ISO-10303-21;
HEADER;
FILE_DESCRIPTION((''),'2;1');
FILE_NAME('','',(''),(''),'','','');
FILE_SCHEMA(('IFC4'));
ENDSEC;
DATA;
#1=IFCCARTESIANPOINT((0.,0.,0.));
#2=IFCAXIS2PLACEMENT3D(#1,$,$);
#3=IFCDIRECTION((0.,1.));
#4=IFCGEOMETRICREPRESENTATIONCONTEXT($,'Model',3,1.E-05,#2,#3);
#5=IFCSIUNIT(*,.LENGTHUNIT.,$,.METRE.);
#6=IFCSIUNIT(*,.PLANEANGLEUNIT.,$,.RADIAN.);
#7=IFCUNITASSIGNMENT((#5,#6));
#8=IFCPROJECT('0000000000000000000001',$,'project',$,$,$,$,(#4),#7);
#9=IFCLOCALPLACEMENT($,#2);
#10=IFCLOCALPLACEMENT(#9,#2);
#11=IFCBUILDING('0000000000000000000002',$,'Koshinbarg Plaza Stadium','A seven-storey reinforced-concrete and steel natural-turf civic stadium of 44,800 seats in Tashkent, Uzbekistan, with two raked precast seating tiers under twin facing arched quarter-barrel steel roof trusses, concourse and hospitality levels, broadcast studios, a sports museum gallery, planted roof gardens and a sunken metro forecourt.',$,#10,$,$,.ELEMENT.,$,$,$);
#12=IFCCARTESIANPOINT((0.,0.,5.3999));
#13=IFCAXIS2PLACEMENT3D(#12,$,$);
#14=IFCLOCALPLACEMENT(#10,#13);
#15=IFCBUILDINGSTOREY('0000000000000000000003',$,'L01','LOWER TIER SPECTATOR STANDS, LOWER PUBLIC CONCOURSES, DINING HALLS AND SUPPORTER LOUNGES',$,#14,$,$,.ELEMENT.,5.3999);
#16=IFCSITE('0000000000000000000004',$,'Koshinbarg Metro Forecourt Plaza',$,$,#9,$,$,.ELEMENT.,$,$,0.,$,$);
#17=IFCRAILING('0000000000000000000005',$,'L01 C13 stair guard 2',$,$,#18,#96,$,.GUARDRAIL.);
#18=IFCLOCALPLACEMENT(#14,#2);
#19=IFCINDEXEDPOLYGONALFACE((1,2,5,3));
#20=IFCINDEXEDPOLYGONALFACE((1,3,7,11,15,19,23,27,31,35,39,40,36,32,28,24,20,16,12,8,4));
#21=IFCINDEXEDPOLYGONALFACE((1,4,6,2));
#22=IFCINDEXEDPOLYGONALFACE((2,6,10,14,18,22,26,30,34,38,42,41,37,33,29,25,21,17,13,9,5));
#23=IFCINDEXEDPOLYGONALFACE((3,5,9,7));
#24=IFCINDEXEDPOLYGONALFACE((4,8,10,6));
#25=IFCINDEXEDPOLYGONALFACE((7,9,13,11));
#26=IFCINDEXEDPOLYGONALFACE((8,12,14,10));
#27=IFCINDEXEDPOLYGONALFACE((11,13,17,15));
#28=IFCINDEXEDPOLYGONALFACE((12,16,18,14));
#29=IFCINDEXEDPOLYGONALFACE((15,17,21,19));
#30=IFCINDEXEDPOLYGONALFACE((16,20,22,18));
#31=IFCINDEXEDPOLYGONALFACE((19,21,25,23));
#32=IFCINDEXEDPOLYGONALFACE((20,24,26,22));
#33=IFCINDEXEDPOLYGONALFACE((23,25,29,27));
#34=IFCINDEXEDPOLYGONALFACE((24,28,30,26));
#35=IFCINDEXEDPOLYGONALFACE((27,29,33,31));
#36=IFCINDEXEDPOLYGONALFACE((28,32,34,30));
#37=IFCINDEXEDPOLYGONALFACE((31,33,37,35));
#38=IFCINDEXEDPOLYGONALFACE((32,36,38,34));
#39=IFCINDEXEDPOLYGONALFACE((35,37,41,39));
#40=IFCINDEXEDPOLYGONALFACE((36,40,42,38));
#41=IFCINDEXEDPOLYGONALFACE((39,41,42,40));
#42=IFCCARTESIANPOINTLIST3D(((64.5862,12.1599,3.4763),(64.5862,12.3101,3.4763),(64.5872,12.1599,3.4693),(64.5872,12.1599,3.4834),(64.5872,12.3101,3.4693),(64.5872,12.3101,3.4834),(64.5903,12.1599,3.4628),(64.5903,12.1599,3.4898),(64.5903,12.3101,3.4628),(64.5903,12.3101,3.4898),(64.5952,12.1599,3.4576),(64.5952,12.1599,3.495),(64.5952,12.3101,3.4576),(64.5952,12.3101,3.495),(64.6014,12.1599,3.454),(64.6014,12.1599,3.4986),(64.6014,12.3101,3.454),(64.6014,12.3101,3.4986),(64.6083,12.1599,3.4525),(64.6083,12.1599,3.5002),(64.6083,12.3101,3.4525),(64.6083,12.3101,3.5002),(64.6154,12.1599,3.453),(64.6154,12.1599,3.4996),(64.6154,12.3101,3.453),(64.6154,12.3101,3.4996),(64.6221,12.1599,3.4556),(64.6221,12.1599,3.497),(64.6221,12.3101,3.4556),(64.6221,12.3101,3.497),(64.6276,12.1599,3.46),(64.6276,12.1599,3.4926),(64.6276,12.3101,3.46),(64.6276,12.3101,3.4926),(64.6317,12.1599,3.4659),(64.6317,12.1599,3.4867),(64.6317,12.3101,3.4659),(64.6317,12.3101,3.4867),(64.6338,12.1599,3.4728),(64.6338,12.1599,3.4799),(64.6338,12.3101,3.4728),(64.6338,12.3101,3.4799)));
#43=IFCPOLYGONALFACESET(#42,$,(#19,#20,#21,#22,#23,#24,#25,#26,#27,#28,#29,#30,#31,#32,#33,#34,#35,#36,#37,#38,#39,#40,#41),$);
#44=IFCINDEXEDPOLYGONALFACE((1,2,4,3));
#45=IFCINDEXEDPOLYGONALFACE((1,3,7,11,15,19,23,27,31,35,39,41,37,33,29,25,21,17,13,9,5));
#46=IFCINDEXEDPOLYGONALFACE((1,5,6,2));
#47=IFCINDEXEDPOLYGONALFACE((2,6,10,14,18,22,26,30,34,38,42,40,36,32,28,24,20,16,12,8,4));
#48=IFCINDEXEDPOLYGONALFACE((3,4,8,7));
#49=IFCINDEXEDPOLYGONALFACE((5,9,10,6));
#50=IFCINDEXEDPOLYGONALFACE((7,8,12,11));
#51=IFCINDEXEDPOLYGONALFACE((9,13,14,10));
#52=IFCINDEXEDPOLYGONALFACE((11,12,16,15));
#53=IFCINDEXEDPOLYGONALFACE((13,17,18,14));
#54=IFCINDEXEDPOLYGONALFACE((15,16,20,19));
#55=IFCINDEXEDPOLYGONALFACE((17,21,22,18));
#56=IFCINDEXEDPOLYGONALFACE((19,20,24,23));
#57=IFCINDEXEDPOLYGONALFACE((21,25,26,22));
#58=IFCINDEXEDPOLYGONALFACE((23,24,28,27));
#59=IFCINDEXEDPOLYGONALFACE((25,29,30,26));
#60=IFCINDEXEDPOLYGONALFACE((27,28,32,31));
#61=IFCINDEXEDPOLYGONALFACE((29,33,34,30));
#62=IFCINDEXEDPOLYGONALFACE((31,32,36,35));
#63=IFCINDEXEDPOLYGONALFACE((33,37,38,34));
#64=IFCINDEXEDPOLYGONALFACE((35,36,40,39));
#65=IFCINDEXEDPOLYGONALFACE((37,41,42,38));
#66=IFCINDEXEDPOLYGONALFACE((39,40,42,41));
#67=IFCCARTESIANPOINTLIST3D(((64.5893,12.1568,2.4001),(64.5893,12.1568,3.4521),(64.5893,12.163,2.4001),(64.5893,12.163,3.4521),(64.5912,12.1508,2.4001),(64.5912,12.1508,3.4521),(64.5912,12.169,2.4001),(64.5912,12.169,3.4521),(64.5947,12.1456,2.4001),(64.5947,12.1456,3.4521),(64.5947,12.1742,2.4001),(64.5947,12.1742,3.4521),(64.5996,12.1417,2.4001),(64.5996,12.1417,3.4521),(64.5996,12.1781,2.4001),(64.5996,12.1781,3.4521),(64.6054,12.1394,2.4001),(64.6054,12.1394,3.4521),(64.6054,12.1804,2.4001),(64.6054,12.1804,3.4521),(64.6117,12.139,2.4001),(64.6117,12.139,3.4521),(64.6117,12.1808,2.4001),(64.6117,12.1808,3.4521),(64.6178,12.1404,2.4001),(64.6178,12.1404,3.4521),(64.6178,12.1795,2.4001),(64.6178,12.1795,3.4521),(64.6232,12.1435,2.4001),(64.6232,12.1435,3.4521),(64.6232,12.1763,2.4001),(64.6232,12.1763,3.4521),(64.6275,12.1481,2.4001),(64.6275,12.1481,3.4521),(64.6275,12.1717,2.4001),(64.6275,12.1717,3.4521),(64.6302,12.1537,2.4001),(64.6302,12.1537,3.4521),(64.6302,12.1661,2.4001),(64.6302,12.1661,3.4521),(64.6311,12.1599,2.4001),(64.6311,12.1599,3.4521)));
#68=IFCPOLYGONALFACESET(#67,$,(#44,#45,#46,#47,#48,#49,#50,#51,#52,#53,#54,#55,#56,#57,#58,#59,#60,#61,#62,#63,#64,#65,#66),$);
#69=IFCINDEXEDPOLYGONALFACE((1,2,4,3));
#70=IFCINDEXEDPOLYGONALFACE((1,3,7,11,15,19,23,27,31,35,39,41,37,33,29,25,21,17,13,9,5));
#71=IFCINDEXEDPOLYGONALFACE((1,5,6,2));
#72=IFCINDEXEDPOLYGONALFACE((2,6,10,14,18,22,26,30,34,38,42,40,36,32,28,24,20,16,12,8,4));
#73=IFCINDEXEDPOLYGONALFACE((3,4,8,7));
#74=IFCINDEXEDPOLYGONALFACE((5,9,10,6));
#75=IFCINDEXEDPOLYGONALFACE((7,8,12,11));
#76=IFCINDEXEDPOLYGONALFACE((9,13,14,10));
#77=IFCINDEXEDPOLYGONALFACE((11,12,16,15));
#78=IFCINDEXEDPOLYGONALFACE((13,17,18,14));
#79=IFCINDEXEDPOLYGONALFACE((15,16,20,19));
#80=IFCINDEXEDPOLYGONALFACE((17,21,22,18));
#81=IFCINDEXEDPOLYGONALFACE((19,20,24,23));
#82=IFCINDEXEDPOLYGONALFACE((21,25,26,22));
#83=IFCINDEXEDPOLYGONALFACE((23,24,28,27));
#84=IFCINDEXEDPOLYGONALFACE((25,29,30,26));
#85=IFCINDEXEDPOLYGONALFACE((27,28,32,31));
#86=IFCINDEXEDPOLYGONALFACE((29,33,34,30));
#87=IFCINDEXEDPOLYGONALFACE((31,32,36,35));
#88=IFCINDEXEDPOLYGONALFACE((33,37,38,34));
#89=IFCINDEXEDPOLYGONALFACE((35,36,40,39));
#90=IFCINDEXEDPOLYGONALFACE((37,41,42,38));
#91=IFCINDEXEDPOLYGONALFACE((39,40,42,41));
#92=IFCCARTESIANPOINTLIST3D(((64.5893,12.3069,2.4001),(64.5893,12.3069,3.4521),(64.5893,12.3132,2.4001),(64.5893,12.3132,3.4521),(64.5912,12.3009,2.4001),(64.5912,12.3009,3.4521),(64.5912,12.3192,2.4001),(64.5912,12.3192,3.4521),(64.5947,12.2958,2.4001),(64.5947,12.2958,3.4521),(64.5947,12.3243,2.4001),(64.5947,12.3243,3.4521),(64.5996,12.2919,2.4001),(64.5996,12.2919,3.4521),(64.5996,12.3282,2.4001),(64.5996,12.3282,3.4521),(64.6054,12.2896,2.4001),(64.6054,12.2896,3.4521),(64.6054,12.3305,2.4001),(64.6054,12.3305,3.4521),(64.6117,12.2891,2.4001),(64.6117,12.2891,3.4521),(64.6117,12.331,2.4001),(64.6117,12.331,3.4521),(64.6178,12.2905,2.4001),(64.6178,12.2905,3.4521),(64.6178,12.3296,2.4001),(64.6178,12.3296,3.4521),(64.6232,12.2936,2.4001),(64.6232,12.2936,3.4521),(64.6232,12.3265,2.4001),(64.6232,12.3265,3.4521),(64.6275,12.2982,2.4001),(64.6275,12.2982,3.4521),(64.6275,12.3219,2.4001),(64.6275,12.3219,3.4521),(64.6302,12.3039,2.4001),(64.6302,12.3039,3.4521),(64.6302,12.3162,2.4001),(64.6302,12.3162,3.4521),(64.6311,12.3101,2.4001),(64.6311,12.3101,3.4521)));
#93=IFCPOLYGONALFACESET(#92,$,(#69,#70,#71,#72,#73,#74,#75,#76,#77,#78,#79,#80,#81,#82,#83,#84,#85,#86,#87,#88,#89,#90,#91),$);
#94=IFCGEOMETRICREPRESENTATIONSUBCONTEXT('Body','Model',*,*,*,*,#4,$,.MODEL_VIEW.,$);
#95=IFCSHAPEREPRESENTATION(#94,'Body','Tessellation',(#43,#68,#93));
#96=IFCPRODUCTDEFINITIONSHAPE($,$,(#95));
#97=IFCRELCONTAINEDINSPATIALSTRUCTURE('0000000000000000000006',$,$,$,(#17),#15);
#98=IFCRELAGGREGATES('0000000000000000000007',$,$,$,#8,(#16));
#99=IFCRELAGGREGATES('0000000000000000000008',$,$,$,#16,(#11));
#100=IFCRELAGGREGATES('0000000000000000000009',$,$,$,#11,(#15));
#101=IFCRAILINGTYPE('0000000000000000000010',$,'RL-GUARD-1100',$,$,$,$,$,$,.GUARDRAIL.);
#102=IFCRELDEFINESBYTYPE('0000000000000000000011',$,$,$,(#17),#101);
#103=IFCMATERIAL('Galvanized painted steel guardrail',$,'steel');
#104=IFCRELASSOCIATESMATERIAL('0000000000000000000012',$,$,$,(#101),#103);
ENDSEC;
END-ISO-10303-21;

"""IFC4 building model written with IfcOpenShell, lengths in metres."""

from ifc_helpers import new_model, si_unit, direction, frame, origin, origin_2d, place, context, subcontext, project, spatial, circle, extrude, material, type_object, element, save


model = new_model("IFC4")

# Units and contexts
model_context = context("Model", 3, precision=1e-05, world=origin(), true_north=direction((0.0, 1.0)))
body_context = subcontext(model_context, "Body", "Model", "MODEL_VIEW")
ifc_project = project(units=[si_unit("LENGTHUNIT", "METRE"), si_unit("PLANEANGLEUNIT", "RADIAN")], contexts=[model_context])

# Site, building, storey
site_placement = place(None, origin())
site = spatial("IfcSite", under=ifc_project, at=site_placement, Name="Koshinbarg Metro Forecourt Plaza", CompositionType="ELEMENT", RefElevation=0.0)
building_placement = place(site_placement, origin())
building = spatial("IfcBuilding", under=site, at=building_placement, Name="Koshinbarg Plaza Stadium", Description="A seven-storey reinforced-concrete and steel natural-turf civic stadium of 44,800 seats in Tashkent, Uzbekistan, with two raked precast seating tiers under twin facing arched quarter-barrel steel roof trusses, concourse and hospitality levels, broadcast studios, a sports museum gallery, planted roof gardens and a sunken metro forecourt.", CompositionType="ELEMENT")
storey_placement = place(building_placement, frame((0.0, 0.0, 5.3999)))
storey = spatial("IfcBuildingStorey", under=building, at=storey_placement, Name="L01", Description="LOWER TIER SPECTATOR STANDS, LOWER PUBLIC CONCOURSES, DINING HALLS AND SUPPORTER LOUNGES", CompositionType="ELEMENT", Elevation=5.3999)

# Railing
ifc_material_1 = material(Name="Galvanized painted steel guardrail", Category="steel")
railing_type_1 = type_object("IfcRailingType", Name="RL-GUARD-1100", PredefinedType="GUARDRAIL", material=ifc_material_1)
railing_1_placement = place(storey_placement, frame((64.6101, 12.1599, 2.4001)))
element("IfcRailing", 1, at=railing_1_placement, inside=storey, type_object=railing_type_1, Name="L01 C13 stair guard 2", PredefinedType="GUARDRAIL", context=body_context, shape_type="SweptSolid", body=[
    extrude(circle(Radius=0.0239, at=origin_2d()), frame((0.0, 0.0, 1.0762), z_axis=(0.0, 1.0, 0.0), x_axis=(-1.0, 0.0, 0.0)), (0.0, 0.0, 1.0), 0.1501),
    extrude(circle(Radius=0.021, at=origin_2d()), origin(), (0.0, 0.0, 1.0), 1.052),
    extrude(circle(Radius=0.021, at=origin_2d()), frame((0.0, 0.1501, 0.0)), (0.0, 0.0, 1.0), 1.052),
])

save(model, "model.ifc")
